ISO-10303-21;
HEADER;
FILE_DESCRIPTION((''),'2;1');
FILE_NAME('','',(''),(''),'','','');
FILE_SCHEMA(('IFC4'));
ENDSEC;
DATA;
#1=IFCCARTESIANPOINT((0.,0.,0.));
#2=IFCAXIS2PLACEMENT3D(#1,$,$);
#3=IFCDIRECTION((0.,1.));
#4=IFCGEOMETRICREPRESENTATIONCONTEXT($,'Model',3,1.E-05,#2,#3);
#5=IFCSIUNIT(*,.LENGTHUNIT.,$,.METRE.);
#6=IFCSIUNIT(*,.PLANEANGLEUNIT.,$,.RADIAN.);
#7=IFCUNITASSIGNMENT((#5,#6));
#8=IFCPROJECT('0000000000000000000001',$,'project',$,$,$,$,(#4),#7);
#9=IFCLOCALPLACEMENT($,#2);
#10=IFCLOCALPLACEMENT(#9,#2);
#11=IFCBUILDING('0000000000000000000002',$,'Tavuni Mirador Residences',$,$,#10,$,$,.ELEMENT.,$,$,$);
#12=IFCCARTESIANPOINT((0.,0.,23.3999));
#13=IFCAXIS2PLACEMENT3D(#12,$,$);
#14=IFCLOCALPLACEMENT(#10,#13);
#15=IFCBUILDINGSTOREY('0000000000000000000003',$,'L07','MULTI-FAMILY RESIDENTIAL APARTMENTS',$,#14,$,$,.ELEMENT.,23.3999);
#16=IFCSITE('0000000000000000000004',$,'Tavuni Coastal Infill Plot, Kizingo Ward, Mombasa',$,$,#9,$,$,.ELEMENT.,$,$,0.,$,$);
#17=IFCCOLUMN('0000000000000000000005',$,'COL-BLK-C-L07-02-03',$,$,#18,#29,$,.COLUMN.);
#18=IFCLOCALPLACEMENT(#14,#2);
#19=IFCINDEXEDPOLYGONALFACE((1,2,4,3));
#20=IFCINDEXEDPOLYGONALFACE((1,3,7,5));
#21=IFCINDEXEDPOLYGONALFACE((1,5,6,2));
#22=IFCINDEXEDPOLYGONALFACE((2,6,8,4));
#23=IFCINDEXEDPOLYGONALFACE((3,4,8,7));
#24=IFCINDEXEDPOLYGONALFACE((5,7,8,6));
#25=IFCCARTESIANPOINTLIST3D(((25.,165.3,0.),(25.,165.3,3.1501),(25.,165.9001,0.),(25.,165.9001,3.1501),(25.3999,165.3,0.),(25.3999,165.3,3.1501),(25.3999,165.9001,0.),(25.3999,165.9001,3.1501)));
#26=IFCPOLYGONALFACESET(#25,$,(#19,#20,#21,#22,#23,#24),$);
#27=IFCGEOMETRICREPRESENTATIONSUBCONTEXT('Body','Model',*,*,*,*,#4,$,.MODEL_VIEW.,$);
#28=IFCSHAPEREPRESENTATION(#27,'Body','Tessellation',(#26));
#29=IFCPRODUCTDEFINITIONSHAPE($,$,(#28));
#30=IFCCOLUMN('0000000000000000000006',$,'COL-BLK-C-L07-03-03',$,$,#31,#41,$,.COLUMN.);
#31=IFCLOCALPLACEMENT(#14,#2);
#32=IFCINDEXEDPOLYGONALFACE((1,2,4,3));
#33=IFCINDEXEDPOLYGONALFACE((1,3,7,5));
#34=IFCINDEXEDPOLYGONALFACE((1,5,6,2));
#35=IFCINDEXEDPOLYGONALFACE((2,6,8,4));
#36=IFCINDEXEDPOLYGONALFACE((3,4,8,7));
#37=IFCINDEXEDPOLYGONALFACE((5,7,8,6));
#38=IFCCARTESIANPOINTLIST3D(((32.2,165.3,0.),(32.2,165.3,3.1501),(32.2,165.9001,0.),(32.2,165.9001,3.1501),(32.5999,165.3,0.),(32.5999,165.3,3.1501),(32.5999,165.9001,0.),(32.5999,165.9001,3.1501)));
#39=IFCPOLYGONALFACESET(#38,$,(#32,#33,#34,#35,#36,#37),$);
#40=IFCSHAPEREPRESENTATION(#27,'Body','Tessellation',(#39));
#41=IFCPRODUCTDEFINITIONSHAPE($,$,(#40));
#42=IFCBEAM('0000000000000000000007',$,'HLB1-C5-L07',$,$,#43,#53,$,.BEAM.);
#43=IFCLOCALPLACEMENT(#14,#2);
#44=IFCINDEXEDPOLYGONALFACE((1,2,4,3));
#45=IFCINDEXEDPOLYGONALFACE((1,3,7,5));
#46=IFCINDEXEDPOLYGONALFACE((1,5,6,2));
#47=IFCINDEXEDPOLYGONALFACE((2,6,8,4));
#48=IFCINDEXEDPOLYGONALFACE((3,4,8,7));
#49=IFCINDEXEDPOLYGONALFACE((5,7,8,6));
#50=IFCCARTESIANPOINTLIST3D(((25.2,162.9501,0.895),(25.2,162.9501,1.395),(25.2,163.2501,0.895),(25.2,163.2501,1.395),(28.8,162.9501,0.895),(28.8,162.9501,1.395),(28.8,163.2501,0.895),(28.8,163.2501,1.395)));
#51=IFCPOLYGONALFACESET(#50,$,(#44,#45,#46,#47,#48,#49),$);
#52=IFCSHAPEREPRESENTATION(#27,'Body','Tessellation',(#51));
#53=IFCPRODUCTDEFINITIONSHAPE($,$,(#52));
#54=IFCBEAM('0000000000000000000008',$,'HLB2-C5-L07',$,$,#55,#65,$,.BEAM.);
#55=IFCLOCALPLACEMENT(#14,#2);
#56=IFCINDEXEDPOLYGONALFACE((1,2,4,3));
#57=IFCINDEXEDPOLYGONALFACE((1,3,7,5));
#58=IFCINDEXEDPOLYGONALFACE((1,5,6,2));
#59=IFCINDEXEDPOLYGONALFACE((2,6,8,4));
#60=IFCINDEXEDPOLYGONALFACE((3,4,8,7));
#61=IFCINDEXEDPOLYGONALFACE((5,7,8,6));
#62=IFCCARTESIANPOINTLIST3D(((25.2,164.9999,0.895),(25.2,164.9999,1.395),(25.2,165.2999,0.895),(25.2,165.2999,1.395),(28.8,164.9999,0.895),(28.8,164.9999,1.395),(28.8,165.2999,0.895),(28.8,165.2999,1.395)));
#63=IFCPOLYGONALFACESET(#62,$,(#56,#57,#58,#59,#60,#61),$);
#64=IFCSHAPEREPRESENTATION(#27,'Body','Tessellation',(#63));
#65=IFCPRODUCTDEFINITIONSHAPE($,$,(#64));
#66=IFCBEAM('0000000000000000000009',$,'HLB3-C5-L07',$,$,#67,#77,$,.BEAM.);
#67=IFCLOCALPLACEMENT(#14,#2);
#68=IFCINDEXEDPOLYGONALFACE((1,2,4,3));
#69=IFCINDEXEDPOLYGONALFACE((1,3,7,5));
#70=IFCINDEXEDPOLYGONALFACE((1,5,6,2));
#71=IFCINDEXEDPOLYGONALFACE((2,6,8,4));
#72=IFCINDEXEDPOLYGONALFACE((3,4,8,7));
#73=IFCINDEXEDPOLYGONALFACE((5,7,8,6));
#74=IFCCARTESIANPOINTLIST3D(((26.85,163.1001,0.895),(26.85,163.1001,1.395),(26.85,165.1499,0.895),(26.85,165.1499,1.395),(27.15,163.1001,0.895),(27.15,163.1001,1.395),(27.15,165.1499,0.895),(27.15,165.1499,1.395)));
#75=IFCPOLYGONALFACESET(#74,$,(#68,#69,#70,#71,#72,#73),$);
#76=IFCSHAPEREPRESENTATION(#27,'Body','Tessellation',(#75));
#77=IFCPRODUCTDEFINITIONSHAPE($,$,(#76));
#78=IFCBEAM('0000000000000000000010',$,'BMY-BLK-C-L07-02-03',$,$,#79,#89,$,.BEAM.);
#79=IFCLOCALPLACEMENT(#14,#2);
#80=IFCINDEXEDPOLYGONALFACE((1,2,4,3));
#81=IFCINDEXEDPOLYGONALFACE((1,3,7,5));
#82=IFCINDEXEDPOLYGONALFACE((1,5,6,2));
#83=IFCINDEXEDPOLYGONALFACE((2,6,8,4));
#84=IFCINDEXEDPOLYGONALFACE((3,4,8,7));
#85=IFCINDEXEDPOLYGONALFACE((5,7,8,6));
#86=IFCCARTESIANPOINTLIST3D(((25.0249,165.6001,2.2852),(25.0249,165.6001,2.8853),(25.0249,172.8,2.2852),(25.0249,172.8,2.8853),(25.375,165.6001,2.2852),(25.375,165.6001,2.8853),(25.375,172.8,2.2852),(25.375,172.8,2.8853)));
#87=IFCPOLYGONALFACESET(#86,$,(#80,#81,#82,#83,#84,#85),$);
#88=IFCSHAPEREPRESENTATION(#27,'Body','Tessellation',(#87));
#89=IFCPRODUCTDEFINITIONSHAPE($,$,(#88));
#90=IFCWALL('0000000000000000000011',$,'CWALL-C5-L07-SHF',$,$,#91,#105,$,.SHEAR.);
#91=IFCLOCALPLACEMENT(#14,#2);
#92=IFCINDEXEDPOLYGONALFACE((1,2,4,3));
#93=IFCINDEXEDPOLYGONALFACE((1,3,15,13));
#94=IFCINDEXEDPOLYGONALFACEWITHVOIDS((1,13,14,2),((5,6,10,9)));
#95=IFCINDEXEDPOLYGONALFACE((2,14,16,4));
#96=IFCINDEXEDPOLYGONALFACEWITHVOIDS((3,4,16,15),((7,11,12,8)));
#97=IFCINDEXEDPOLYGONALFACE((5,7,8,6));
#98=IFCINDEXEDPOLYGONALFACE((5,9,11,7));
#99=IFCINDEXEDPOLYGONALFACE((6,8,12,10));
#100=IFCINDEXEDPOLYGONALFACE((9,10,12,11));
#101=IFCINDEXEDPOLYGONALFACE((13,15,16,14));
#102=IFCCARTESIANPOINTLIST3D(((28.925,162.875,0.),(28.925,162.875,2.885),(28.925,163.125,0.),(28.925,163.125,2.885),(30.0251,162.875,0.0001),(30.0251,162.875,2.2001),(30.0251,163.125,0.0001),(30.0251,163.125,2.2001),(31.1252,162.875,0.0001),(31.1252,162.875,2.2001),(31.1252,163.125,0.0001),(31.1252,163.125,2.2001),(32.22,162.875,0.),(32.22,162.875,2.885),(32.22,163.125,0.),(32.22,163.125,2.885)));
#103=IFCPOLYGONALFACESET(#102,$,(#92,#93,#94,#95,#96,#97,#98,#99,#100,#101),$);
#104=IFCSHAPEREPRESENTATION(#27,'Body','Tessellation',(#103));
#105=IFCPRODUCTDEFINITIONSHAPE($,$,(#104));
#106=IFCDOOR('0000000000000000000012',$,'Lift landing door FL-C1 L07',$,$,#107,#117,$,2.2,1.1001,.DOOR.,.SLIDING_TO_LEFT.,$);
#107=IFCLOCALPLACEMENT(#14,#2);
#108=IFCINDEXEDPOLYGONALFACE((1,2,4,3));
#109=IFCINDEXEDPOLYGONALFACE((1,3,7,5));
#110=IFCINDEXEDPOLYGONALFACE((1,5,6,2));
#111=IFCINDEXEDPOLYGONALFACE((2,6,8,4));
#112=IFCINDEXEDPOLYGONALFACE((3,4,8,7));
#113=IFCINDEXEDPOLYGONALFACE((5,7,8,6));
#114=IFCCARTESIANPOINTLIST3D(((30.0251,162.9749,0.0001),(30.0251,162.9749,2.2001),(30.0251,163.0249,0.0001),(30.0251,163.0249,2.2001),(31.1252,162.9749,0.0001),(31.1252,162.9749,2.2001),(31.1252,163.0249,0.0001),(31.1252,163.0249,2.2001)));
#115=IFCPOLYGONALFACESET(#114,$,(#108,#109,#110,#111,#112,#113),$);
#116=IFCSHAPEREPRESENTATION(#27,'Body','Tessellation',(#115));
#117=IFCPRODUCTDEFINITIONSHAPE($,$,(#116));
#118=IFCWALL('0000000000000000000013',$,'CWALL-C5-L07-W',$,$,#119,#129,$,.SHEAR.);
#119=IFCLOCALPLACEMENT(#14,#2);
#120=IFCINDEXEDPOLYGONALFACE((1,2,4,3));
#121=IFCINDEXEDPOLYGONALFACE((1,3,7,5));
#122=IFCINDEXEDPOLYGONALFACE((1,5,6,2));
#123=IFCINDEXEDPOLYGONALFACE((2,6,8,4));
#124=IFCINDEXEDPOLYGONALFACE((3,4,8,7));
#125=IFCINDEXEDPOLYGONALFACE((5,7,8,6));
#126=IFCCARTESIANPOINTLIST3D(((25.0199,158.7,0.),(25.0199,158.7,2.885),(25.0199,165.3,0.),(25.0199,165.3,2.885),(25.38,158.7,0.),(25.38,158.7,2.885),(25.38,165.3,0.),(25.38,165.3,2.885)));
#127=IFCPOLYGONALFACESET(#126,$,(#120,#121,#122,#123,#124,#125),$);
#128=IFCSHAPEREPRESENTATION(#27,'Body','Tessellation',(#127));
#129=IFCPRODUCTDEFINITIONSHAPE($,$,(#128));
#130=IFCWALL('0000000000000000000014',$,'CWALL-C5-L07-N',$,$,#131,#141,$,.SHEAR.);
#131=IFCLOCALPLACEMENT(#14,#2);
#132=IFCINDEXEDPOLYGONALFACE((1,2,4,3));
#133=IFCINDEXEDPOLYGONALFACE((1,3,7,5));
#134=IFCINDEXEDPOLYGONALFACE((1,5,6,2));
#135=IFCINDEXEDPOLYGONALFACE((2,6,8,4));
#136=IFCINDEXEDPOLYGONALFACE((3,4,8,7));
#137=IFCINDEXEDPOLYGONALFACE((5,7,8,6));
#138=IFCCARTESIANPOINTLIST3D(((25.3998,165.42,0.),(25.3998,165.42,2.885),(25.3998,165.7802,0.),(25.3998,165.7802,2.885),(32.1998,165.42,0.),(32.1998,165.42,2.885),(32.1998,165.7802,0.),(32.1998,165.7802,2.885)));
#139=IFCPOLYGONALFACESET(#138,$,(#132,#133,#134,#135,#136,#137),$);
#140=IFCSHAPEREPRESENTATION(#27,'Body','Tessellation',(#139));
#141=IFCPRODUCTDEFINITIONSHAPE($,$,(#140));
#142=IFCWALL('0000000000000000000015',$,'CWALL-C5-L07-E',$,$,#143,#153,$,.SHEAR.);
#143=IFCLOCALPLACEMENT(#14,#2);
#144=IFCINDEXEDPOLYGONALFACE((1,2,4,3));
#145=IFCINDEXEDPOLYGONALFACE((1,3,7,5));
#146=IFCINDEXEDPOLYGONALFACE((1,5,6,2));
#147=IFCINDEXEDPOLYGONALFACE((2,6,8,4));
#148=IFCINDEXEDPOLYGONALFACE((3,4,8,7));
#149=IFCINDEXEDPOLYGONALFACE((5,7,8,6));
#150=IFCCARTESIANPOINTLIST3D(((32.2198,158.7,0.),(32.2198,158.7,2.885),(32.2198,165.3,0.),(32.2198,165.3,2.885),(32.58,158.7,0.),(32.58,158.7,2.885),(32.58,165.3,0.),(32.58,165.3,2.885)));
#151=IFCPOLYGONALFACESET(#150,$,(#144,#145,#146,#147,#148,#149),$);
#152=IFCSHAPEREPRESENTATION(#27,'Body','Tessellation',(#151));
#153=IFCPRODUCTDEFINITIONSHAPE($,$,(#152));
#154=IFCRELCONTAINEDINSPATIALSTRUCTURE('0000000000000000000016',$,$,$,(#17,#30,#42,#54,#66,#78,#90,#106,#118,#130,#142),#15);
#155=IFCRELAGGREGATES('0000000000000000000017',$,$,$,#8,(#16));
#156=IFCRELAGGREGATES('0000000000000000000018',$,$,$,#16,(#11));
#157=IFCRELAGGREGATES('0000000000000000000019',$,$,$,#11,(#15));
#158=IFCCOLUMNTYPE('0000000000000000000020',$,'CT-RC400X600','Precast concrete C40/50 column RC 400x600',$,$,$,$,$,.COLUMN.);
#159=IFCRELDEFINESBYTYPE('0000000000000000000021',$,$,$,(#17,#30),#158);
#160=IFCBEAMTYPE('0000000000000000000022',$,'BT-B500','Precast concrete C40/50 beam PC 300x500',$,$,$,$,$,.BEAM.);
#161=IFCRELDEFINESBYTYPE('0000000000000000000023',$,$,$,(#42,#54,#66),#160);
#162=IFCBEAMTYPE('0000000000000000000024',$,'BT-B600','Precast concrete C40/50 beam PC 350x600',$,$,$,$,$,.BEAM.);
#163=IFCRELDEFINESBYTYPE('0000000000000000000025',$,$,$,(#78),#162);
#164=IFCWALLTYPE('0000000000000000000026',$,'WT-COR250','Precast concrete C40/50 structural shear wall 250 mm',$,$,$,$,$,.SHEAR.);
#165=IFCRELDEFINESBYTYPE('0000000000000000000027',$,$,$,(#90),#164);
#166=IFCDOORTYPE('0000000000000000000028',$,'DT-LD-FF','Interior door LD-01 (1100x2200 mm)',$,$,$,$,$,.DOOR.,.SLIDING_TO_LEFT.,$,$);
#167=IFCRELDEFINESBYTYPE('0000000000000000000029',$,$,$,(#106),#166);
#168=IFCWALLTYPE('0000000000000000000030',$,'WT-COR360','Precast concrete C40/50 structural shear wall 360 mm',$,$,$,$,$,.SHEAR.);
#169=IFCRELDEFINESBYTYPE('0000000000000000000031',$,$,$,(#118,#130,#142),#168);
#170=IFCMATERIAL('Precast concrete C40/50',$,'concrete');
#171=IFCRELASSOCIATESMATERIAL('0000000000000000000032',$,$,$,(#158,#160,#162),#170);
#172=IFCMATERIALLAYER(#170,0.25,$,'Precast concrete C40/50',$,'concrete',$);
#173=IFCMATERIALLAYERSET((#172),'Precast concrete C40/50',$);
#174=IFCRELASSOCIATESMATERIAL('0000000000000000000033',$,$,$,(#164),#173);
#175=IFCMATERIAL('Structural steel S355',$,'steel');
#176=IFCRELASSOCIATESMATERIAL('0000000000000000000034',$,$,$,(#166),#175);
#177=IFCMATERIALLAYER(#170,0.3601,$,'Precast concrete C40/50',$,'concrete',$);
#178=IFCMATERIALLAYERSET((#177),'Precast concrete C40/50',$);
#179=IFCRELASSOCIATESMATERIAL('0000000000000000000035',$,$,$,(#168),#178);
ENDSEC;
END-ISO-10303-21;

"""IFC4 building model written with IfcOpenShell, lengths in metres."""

from ifc_helpers import new_model, si_unit, direction, frame, frame_2d, origin, origin_2d, place, context, subcontext, project, spatial, rectangle, extrude, material, layer, layer_set, material_profile, profile_set, type_object, element, fill, save


model = new_model("IFC4")

# Units and contexts
model_context = context("Model", 3, precision=1e-05, world=origin(), true_north=direction((0.0, 1.0)))
body_context = subcontext(model_context, "Body", "Model", "MODEL_VIEW")
ifc_project = project(units=[si_unit("LENGTHUNIT", "METRE"), si_unit("PLANEANGLEUNIT", "RADIAN")], contexts=[model_context])

# Site, building, storey
site_placement = place(None, origin())
site = spatial("IfcSite", under=ifc_project, at=site_placement, Name="Tavuni Coastal Infill Plot, Kizingo Ward, Mombasa", CompositionType="ELEMENT", RefElevation=0.0)
building_placement = place(site_placement, origin())
building = spatial("IfcBuilding", under=site, at=building_placement, Name="Tavuni Mirador Residences", CompositionType="ELEMENT")
storey_placement = place(building_placement, frame((0.0, 0.0, 23.3999)))
storey = spatial("IfcBuildingStorey", under=building, at=storey_placement, Name="L07", Description="MULTI-FAMILY RESIDENTIAL APARTMENTS", CompositionType="ELEMENT", Elevation=23.3999)

# Columns
ifc_material_1 = material(Name="Precast concrete C40/50", Category="concrete")
ifc_material_profile_1 = material_profile(ifc_material_1, rectangle(XDim=0.3999, YDim=0.6001, at=origin_2d()), Name="RC 400x600", Category="concrete")
ifc_profile_set_1 = profile_set([ifc_material_profile_1], Name="Precast concrete C40/50")
column_type = type_object("IfcColumnType", Name="CT-RC400X600", Description="Precast concrete C40/50 column RC 400x600", PredefinedType="COLUMN", material=ifc_profile_set_1)
for number, where, z_axis, x_axis, name in (
    (1, (25.2, 165.6001, 0.0), (0.0, 0.0, 1.0), (1.0, 0.0, 0.0), "COL-BLK-C-L07-02-03"),
    (2, (32.3999, 165.6001, 0.0), (0.0, 0.0, 1.0), (1.0, 0.0, 0.0), "COL-BLK-C-L07-03-03"),
):
    element("IfcColumn", number, at=place(storey_placement, frame(where, z_axis=z_axis, x_axis=x_axis)), inside=storey, type_object=column_type, Name=name, PredefinedType="COLUMN", context=body_context, shape_type="SweptSolid", body=[
        extrude(rectangle(XDim=0.3999, YDim=0.6001, at=origin_2d()), origin(), (0.0, 0.0, 1.0), 3.1501),
    ])

# Beams
ifc_material_profile_2 = material_profile(ifc_material_1, rectangle(XDim=0.3, YDim=0.5, at=origin_2d()), Name="PC 300x500", Category="concrete")
ifc_profile_set_2 = profile_set([ifc_material_profile_2], Name="Precast concrete C40/50")
beam_type_1 = type_object("IfcBeamType", Name="BT-B500", Description="Precast concrete C40/50 beam PC 300x500", PredefinedType="BEAM", material=ifc_profile_set_2)
for number, where, z_axis, x_axis, name in (
    (3, (25.2, 163.1001, 1.145), (1.0, 0.0, 0.0), (0.0, 1.0, 0.0), "HLB1-C5-L07"),
    (4, (25.2, 165.1499, 1.145), (1.0, 0.0, 0.0), (0.0, 1.0, 0.0), "HLB2-C5-L07"),
):
    element("IfcBeam", number, at=place(storey_placement, frame(where, z_axis=z_axis, x_axis=x_axis)), inside=storey, type_object=beam_type_1, Name=name, PredefinedType="BEAM", context=body_context, shape_type="SweptSolid", body=[
        extrude(rectangle(XDim=0.3, YDim=0.5, at=origin_2d()), origin(), (0.0, 0.0, 1.0), 3.6001),
    ])
beam_1_placement = place(storey_placement, frame((27.0, 163.1001, 1.145), z_axis=(0.0, 1.0, 0.0), x_axis=(-1.0, 0.0, 0.0)))
element("IfcBeam", 5, at=beam_1_placement, inside=storey, type_object=beam_type_1, Name="HLB3-C5-L07", PredefinedType="BEAM", context=body_context, shape_type="SweptSolid", body=[
    extrude(rectangle(XDim=0.3, YDim=0.5, at=origin_2d()), origin(), (0.0, 0.0, 1.0), 2.0498),
])
ifc_material_profile_3 = material_profile(ifc_material_1, rectangle(XDim=0.3501, YDim=0.6001, at=origin_2d()), Name="PC 350x600", Category="concrete")
ifc_profile_set_3 = profile_set([ifc_material_profile_3], Name="Precast concrete C40/50")
beam_type_2 = type_object("IfcBeamType", Name="BT-B600", Description="Precast concrete C40/50 beam PC 350x600", PredefinedType="BEAM", material=ifc_profile_set_3)
beam_2_placement = place(storey_placement, frame((25.2, 165.6001, 2.5852), z_axis=(0.0, 1.0, 0.0), x_axis=(-1.0, 0.0, 0.0)))
element("IfcBeam", 6, at=beam_2_placement, inside=storey, type_object=beam_type_2, Name="BMY-BLK-C-L07-02-03", PredefinedType="BEAM", context=body_context, shape_type="SweptSolid", body=[
    extrude(rectangle(XDim=0.3501, YDim=0.6001, at=origin_2d()), origin(), (0.0, 0.0, 1.0), 7.2),
])

# Wall, opening, door
ifc_layer_1 = layer(ifc_material_1, 0.25, Name="Precast concrete C40/50", Category="concrete")
ifc_layer_set_1 = layer_set([ifc_layer_1], Name="Precast concrete C40/50")
wall_type_1 = type_object("IfcWallType", Name="WT-COR250", Description="Precast concrete C40/50 structural shear wall 250 mm", PredefinedType="SHEAR", material=ifc_layer_set_1)
wall_1_placement = place(storey_placement, frame((28.925, 163.0, 0.0), z_axis=(0.0, 0.0, 1.0), x_axis=(1.0, 0.0, 0.0)))
wall_1 = element("IfcWall", 7, at=wall_1_placement, inside=storey, type_object=wall_type_1, Name="CWALL-C5-L07-SHF", PredefinedType="SHEAR", context=body_context, shape_type="SweptSolid", body=[
    extrude(rectangle(XDim=3.2949, YDim=0.25, at=frame_2d((1.6475, 0.0))), origin(), (0.0, 0.0, 1.0), 2.885),
])
opening_1_placement = place(wall_1_placement, frame((1.1001, 0.0, 0.0)))
opening_1 = element("IfcOpeningElement", 8, at=opening_1_placement, cuts=wall_1, PredefinedType="OPENING", context=body_context, shape_type="SweptSolid", body=[
    extrude(rectangle(XDim=1.1001, YDim=2.2, at=frame_2d((0.55, 1.1001))), frame((0.0, 0.135, 0.0), z_axis=(0.0, -1.0, 0.0), x_axis=(1.0, 0.0, 0.0)), (0.0, 0.0, 1.0), 0.27),
])
ifc_material_2 = material(Name="Structural steel S355", Category="steel")
door_type_1 = type_object("IfcDoorType", Name="DT-LD-FF", Description="Interior door LD-01 (1100x2200 mm)", OperationType="SLIDING_TO_LEFT", PredefinedType="DOOR", material=ifc_material_2)
door_1_placement = place(opening_1_placement, origin())
door_1 = element("IfcDoor", 9, at=door_1_placement, inside=storey, type_object=door_type_1, Name="Lift landing door FL-C1 L07", OperationType="SLIDING_TO_LEFT", OverallHeight=2.2, OverallWidth=1.1001, PredefinedType="DOOR", context=body_context, shape_type="SweptSolid", body=[
    extrude(rectangle(XDim=1.1001, YDim=2.2, at=frame_2d((0.55, 1.1001))), frame((0.0, 0.0249, 0.0), z_axis=(0.0, -1.0, 0.0), x_axis=(1.0, 0.0, 0.0)), (0.0, 0.0, 1.0), 0.05),
])
fill(opening_1, door_1)

# Walls
ifc_layer_2 = layer(ifc_material_1, 0.3601, Name="Precast concrete C40/50", Category="concrete")
ifc_layer_set_2 = layer_set([ifc_layer_2], Name="Precast concrete C40/50")
wall_type_2 = type_object("IfcWallType", Name="WT-COR360", Description="Precast concrete C40/50 structural shear wall 360 mm", PredefinedType="SHEAR", material=ifc_layer_set_2)
wall_2_placement = place(storey_placement, frame((25.2, 158.7, 0.0), z_axis=(0.0, 0.0, 1.0), x_axis=(0.0, 1.0, 0.0)))
element("IfcWall", 10, at=wall_2_placement, inside=storey, type_object=wall_type_2, Name="CWALL-C5-L07-W", PredefinedType="SHEAR", context=body_context, shape_type="SweptSolid", body=[
    extrude(rectangle(XDim=6.6001, YDim=0.3601, at=frame_2d((3.3, 0.0))), origin(), (0.0, 0.0, 1.0), 2.885),
])
wall_3_placement = place(storey_placement, frame((25.3999, 165.6001, 0.0), z_axis=(0.0, 0.0, 1.0), x_axis=(1.0, 0.0, 0.0)))
element("IfcWall", 11, at=wall_3_placement, inside=storey, type_object=wall_type_2, Name="CWALL-C5-L07-N", PredefinedType="SHEAR", context=body_context, shape_type="SweptSolid", body=[
    extrude(rectangle(XDim=6.8, YDim=0.3601, at=frame_2d((3.3999, 0.0))), origin(), (0.0, 0.0, 1.0), 2.885),
])
wall_4_placement = place(storey_placement, frame((32.3999, 158.7, 0.0), z_axis=(0.0, 0.0, 1.0), x_axis=(0.0, 1.0, 0.0)))
element("IfcWall", 12, at=wall_4_placement, inside=storey, type_object=wall_type_2, Name="CWALL-C5-L07-E", PredefinedType="SHEAR", context=body_context, shape_type="SweptSolid", body=[
    extrude(rectangle(XDim=6.6001, YDim=0.3601, at=frame_2d((3.3, 0.0))), origin(), (0.0, 0.0, 1.0), 2.885),
])

save(model, "model.ifc")
